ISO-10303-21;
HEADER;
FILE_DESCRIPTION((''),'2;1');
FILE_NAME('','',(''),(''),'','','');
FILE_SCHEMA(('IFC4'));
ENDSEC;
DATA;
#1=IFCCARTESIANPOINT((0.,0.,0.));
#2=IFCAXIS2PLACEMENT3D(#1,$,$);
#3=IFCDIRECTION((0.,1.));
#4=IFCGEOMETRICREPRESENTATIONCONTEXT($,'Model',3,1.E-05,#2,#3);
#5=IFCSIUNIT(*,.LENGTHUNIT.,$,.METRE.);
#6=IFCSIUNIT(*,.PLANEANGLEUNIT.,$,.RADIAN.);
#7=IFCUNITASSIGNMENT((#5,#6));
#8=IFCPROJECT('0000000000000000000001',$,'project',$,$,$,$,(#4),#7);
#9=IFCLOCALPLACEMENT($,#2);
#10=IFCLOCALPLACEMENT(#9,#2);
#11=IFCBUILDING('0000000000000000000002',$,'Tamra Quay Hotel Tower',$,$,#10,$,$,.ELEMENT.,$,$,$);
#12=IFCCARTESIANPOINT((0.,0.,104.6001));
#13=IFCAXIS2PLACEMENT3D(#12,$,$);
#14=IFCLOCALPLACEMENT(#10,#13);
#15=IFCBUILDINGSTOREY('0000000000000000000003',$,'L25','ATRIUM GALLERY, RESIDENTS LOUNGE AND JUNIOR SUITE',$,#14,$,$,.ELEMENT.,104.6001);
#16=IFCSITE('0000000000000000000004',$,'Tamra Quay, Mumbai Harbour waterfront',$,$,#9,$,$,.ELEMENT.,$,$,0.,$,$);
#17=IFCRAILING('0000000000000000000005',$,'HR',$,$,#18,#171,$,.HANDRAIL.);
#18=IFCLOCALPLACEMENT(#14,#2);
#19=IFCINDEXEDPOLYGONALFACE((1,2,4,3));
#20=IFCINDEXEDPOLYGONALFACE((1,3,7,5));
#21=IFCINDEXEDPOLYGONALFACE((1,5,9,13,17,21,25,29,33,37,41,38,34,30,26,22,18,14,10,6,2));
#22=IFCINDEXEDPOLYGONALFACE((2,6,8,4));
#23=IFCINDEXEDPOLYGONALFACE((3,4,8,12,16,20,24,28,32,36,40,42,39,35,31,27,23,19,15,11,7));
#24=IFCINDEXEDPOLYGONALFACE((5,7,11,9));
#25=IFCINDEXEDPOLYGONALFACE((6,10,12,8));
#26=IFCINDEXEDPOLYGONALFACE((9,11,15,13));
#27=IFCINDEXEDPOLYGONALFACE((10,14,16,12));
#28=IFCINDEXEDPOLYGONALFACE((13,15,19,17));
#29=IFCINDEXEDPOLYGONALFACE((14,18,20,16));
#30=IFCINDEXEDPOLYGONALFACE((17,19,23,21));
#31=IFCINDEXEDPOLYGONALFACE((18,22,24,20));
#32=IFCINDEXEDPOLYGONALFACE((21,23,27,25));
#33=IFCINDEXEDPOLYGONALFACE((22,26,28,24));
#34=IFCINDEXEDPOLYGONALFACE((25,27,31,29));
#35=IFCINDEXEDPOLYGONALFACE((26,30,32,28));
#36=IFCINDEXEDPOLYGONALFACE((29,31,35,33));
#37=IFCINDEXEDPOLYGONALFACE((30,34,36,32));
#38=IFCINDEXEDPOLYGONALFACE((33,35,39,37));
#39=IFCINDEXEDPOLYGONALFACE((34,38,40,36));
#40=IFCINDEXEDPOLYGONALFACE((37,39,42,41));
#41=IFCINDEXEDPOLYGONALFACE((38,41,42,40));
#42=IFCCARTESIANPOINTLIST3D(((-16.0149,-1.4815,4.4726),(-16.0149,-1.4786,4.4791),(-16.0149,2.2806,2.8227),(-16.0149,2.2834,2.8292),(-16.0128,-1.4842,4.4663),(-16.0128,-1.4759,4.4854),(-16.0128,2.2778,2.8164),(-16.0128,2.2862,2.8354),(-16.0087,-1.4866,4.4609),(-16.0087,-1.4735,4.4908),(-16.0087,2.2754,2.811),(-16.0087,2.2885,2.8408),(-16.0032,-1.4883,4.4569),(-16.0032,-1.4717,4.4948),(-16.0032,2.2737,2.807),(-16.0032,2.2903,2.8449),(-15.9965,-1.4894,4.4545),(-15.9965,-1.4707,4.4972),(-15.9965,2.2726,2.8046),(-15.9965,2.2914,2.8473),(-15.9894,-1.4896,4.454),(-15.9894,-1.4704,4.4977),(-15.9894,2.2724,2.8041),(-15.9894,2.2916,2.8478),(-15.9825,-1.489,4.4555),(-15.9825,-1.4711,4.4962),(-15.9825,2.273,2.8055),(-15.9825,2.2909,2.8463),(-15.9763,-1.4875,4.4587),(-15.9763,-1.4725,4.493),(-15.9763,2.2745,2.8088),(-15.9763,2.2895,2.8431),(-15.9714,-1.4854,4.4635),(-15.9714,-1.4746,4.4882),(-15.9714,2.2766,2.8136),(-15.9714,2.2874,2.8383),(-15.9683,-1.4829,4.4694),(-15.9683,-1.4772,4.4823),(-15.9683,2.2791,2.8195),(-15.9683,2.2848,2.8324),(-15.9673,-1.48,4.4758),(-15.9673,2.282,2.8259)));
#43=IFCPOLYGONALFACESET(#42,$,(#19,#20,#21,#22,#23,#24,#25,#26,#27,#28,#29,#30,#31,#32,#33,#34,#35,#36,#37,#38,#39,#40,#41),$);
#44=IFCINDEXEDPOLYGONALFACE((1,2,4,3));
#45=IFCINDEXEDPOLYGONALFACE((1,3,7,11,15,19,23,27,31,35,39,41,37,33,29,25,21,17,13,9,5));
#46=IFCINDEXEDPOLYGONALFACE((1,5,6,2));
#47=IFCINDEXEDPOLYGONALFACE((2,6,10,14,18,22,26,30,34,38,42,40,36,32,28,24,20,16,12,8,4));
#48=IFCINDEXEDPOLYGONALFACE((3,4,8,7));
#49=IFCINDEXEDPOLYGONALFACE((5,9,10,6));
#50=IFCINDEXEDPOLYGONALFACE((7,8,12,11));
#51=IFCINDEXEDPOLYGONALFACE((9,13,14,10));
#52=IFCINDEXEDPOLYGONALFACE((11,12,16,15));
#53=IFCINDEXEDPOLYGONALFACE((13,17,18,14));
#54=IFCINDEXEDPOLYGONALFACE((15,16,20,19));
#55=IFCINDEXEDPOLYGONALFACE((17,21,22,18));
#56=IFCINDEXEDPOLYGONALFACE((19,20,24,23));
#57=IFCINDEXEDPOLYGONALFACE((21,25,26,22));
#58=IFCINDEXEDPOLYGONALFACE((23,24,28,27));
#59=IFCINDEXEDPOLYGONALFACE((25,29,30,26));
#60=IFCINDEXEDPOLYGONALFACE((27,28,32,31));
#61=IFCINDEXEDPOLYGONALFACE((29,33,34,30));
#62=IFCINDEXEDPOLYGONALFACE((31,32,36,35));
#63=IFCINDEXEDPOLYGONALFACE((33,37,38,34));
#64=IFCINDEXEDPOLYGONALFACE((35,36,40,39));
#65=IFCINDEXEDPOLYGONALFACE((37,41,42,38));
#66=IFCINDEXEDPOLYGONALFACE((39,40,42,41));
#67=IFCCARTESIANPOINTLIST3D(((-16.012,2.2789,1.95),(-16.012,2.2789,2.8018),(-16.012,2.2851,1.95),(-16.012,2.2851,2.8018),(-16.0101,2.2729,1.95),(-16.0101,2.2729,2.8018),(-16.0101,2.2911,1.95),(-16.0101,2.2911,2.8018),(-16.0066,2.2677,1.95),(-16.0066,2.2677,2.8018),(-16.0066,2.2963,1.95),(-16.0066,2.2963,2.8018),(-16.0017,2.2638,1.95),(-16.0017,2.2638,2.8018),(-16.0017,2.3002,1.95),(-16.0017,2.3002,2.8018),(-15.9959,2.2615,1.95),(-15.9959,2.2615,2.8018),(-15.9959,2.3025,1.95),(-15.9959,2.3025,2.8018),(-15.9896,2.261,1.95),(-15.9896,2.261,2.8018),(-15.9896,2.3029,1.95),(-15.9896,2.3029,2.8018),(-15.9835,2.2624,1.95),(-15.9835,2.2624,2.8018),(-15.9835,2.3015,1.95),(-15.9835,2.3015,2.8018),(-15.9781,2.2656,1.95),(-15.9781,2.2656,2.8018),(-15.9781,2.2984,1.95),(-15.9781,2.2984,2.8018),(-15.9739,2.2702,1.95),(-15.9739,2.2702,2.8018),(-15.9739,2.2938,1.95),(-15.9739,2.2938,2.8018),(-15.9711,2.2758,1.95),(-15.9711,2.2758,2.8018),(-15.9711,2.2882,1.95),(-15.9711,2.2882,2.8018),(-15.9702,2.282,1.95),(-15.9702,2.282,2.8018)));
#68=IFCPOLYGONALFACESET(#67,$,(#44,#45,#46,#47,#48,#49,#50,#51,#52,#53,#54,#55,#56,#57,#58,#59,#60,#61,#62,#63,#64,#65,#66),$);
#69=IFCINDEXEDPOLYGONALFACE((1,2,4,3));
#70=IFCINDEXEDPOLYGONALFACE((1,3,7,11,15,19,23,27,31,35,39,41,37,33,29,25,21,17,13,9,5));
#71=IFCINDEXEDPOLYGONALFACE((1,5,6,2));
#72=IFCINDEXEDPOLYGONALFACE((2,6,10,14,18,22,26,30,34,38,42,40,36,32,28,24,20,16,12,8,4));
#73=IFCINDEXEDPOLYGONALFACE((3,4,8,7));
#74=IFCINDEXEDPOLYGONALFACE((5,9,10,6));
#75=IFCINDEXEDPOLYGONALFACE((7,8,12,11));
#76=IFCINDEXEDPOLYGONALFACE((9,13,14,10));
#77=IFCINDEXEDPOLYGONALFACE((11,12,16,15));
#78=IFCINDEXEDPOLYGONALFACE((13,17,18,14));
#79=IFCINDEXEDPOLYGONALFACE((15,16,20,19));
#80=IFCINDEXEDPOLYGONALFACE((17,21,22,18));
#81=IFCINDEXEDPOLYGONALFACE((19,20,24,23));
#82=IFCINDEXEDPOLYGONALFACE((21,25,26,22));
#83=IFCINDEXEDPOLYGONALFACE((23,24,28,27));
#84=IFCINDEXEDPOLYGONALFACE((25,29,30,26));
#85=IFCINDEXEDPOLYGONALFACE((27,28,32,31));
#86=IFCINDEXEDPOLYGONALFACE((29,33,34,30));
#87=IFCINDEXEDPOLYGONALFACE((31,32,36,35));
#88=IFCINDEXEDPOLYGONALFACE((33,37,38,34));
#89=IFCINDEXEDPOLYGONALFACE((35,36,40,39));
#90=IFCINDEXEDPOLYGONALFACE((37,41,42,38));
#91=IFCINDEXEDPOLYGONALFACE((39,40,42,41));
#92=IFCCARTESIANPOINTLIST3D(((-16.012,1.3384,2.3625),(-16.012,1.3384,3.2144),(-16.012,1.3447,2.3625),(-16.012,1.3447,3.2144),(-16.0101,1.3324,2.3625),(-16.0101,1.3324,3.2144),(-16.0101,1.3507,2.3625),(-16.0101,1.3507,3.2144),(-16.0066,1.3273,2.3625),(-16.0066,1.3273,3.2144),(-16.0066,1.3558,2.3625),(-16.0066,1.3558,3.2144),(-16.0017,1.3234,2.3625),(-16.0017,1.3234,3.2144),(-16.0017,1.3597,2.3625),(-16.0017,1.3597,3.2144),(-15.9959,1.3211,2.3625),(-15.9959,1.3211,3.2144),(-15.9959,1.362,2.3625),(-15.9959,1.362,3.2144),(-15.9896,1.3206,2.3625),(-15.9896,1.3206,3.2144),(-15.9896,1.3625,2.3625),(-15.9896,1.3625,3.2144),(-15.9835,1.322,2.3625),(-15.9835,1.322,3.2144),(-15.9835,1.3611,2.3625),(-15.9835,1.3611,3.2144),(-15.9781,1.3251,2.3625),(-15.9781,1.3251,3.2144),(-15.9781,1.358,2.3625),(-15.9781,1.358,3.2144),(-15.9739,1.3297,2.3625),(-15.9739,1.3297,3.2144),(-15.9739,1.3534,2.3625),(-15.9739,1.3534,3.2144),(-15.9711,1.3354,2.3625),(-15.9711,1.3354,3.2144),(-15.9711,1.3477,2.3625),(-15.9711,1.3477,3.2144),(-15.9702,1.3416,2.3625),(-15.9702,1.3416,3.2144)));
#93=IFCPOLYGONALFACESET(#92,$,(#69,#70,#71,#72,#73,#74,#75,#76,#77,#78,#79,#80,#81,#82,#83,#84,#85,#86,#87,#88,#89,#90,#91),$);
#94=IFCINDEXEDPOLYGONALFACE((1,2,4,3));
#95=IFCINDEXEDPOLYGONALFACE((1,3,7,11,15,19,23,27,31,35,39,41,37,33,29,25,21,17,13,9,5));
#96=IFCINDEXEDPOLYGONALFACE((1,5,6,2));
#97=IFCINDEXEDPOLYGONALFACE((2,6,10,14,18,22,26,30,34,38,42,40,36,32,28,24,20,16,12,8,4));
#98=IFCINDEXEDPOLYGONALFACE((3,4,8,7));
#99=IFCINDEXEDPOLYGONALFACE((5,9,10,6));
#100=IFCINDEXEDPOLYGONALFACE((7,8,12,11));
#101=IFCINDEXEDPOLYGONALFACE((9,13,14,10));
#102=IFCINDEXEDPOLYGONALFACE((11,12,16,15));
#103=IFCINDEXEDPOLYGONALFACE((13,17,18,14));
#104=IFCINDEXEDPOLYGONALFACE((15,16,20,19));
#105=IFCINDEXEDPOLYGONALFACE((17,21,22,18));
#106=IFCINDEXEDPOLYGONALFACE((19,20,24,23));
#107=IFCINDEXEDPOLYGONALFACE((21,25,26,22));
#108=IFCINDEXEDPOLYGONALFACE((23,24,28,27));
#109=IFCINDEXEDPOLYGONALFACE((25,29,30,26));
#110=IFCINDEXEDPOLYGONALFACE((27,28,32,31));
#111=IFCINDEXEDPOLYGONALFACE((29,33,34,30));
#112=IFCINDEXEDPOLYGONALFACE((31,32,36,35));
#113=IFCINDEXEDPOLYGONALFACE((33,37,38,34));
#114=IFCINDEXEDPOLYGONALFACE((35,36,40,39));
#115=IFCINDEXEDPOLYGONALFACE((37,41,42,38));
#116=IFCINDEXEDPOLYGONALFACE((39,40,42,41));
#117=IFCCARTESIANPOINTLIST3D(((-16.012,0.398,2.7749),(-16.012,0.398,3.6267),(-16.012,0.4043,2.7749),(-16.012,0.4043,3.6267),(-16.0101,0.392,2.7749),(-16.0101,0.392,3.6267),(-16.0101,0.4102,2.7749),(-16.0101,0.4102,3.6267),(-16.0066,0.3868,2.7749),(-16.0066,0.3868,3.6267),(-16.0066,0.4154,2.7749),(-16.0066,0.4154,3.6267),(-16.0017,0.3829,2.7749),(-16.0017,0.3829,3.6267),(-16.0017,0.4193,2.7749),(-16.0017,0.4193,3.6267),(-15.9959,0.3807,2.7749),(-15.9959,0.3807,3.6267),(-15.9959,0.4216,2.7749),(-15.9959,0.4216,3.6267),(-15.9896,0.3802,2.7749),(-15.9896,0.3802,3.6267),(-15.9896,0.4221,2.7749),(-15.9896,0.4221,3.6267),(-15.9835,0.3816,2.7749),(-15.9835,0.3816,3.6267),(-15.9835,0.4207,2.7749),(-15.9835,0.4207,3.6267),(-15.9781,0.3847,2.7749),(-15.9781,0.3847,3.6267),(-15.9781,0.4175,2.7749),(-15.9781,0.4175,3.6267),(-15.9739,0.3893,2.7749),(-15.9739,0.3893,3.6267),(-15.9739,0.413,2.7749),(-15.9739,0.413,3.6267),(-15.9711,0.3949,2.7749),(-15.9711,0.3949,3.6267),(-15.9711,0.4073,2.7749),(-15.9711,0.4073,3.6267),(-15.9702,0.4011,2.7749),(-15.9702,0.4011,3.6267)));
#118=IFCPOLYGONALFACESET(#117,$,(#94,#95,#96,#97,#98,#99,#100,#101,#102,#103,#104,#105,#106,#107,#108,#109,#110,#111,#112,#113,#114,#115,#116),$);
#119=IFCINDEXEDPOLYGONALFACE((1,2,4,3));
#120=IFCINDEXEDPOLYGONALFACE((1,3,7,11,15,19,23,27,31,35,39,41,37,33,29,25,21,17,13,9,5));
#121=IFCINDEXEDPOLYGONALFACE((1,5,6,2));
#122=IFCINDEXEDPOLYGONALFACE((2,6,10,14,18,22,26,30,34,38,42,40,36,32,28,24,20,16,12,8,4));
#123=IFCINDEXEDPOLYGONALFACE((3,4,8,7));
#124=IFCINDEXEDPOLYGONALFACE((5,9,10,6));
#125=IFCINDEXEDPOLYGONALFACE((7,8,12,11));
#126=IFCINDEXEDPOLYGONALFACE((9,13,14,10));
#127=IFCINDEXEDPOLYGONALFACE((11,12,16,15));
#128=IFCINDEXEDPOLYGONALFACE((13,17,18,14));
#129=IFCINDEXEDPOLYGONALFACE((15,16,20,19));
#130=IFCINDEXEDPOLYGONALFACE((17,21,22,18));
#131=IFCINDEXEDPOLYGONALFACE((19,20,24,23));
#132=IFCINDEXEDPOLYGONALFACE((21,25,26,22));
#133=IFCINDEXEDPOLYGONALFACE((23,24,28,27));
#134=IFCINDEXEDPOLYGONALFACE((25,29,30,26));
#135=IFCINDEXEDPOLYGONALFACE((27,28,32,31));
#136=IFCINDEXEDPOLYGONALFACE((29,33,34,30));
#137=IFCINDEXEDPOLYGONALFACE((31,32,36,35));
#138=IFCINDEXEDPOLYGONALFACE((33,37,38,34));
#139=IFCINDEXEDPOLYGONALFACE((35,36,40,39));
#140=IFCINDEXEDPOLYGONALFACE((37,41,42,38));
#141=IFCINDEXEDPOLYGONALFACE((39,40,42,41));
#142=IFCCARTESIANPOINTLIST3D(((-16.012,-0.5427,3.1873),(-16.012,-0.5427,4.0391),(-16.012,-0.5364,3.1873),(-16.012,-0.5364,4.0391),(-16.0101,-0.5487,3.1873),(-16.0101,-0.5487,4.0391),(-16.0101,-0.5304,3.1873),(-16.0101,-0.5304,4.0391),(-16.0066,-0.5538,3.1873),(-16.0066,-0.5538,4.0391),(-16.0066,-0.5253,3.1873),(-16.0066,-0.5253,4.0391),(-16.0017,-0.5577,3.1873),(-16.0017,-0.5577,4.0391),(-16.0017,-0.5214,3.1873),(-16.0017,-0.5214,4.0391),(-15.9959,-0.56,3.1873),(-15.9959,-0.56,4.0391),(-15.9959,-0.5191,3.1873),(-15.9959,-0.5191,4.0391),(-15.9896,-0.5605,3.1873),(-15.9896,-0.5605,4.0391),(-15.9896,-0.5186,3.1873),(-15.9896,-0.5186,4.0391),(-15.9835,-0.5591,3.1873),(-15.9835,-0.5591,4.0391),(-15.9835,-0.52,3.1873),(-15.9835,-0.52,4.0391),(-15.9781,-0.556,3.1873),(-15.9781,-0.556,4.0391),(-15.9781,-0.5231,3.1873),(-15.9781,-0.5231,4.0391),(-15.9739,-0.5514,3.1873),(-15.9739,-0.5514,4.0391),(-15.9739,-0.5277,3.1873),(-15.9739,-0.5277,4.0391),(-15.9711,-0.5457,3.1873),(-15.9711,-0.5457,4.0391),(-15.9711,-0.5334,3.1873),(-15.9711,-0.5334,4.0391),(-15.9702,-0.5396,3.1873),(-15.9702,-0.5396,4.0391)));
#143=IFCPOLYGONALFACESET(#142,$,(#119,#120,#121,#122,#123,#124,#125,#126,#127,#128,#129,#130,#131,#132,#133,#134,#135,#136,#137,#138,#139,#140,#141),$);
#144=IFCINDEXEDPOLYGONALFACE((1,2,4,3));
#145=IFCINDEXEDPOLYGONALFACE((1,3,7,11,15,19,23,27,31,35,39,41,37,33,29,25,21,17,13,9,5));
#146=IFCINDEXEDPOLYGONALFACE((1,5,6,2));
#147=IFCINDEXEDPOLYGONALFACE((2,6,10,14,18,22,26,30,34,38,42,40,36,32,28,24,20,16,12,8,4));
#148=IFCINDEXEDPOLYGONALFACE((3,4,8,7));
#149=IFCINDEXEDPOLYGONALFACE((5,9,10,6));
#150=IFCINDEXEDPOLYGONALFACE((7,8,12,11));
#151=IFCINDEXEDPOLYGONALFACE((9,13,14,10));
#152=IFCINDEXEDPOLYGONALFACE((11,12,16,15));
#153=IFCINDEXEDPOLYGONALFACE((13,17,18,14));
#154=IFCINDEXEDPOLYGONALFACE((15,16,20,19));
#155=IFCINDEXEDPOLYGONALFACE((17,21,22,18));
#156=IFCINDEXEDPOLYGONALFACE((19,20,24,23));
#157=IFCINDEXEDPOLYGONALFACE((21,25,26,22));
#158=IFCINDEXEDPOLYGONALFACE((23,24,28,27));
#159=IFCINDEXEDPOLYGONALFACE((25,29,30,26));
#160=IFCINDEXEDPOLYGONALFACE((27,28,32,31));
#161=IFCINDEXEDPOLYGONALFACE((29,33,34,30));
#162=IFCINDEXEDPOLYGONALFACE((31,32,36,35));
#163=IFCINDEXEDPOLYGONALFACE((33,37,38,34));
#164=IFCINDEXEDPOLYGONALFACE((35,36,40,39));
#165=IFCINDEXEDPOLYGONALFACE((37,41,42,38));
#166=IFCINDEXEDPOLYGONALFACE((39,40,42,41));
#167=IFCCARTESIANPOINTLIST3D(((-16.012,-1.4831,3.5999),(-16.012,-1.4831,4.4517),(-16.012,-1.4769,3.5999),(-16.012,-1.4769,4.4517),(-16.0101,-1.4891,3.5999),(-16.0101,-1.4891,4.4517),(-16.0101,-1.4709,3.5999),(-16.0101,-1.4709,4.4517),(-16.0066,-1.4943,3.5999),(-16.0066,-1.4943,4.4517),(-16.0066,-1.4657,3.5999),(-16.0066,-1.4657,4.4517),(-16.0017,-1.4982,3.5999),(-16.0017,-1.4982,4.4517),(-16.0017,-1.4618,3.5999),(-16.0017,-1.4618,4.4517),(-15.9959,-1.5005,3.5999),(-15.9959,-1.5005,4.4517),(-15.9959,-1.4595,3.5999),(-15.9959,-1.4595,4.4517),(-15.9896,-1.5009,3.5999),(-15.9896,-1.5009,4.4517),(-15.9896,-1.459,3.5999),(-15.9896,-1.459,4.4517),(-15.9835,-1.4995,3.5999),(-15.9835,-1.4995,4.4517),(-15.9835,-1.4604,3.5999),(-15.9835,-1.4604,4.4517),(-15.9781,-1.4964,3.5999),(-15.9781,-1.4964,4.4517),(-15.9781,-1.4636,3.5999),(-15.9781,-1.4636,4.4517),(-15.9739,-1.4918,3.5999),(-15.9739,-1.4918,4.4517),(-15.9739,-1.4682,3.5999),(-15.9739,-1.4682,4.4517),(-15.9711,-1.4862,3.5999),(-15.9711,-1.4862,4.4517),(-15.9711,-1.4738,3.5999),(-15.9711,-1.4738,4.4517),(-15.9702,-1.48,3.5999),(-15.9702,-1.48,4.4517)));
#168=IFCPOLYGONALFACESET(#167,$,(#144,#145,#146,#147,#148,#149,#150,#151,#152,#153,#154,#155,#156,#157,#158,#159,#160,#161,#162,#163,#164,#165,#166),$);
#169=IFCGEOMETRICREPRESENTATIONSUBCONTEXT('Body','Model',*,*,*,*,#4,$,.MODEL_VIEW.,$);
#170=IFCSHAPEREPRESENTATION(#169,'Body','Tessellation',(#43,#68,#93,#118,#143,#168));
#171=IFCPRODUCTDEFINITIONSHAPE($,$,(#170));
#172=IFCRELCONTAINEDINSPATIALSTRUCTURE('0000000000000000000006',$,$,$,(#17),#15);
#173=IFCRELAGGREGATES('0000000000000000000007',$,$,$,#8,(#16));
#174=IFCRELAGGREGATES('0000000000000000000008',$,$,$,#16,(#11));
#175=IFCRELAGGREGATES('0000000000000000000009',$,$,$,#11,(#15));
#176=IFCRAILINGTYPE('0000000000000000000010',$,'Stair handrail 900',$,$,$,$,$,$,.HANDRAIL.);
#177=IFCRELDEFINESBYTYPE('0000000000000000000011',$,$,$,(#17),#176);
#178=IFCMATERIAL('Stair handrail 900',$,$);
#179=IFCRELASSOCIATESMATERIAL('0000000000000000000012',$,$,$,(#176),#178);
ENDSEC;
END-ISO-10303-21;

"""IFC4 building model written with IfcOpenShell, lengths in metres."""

from ifc_helpers import new_model, si_unit, direction, frame, origin, origin_2d, place, context, subcontext, project, spatial, circle, extrude, material, type_object, element, save


model = new_model("IFC4")

# Units and contexts
model_context = context("Model", 3, precision=1e-05, world=origin(), true_north=direction((0.0, 1.0)))
body_context = subcontext(model_context, "Body", "Model", "MODEL_VIEW")
ifc_project = project(units=[si_unit("LENGTHUNIT", "METRE"), si_unit("PLANEANGLEUNIT", "RADIAN")], contexts=[model_context])

# Site, building, storey
site_placement = place(None, origin())
site = spatial("IfcSite", under=ifc_project, at=site_placement, Name="Tamra Quay, Mumbai Harbour waterfront", CompositionType="ELEMENT", RefElevation=0.0)
building_placement = place(site_placement, origin())
building = spatial("IfcBuilding", under=site, at=building_placement, Name="Tamra Quay Hotel Tower", CompositionType="ELEMENT")
storey_placement = place(building_placement, frame((0.0, 0.0, 104.6001)))
storey = spatial("IfcBuildingStorey", under=building, at=storey_placement, Name="L25", Description="ATRIUM GALLERY, RESIDENTS LOUNGE AND JUNIOR SUITE", CompositionType="ELEMENT", Elevation=104.6001)

# Railing
ifc_material_1 = material(Name="Stair handrail 900")
railing_type = type_object("IfcRailingType", Name="Stair handrail 900", PredefinedType="HANDRAIL", material=ifc_material_1)
railing_1_placement = place(storey_placement, frame((-15.9912, 2.282, 1.95)))
element("IfcRailing", 1, at=railing_1_placement, inside=storey, type_object=railing_type, Name="HR", PredefinedType="HANDRAIL", context=body_context, shape_type="SweptSolid", body=[
    extrude(circle(Radius=0.0239, at=origin_2d()), frame((0.0, 0.0, 0.876), z_axis=(0.0, -0.915795, 0.401645), x_axis=(1.0, 0.0, 0.0)), (0.0, 0.0, 1.0), 4.1079),
    extrude(circle(Radius=0.021, at=origin_2d()), origin(), (0.0, 0.0, 1.0), 0.8518),
    extrude(circle(Radius=0.021, at=origin_2d()), frame((0.0, -0.9404, 0.4126)), (0.0, 0.0, 1.0), 0.8518),
    extrude(circle(Radius=0.021, at=origin_2d()), frame((0.0, -1.8809, 0.825)), (0.0, 0.0, 1.0), 0.8518),
    extrude(circle(Radius=0.021, at=origin_2d()), frame((0.0, -2.8215, 1.2373)), (0.0, 0.0, 1.0), 0.8518),
    extrude(circle(Radius=0.021, at=origin_2d()), frame((0.0, -3.762, 1.6499)), (0.0, 0.0, 1.0), 0.8518),
])

save(model, "model.ifc")
